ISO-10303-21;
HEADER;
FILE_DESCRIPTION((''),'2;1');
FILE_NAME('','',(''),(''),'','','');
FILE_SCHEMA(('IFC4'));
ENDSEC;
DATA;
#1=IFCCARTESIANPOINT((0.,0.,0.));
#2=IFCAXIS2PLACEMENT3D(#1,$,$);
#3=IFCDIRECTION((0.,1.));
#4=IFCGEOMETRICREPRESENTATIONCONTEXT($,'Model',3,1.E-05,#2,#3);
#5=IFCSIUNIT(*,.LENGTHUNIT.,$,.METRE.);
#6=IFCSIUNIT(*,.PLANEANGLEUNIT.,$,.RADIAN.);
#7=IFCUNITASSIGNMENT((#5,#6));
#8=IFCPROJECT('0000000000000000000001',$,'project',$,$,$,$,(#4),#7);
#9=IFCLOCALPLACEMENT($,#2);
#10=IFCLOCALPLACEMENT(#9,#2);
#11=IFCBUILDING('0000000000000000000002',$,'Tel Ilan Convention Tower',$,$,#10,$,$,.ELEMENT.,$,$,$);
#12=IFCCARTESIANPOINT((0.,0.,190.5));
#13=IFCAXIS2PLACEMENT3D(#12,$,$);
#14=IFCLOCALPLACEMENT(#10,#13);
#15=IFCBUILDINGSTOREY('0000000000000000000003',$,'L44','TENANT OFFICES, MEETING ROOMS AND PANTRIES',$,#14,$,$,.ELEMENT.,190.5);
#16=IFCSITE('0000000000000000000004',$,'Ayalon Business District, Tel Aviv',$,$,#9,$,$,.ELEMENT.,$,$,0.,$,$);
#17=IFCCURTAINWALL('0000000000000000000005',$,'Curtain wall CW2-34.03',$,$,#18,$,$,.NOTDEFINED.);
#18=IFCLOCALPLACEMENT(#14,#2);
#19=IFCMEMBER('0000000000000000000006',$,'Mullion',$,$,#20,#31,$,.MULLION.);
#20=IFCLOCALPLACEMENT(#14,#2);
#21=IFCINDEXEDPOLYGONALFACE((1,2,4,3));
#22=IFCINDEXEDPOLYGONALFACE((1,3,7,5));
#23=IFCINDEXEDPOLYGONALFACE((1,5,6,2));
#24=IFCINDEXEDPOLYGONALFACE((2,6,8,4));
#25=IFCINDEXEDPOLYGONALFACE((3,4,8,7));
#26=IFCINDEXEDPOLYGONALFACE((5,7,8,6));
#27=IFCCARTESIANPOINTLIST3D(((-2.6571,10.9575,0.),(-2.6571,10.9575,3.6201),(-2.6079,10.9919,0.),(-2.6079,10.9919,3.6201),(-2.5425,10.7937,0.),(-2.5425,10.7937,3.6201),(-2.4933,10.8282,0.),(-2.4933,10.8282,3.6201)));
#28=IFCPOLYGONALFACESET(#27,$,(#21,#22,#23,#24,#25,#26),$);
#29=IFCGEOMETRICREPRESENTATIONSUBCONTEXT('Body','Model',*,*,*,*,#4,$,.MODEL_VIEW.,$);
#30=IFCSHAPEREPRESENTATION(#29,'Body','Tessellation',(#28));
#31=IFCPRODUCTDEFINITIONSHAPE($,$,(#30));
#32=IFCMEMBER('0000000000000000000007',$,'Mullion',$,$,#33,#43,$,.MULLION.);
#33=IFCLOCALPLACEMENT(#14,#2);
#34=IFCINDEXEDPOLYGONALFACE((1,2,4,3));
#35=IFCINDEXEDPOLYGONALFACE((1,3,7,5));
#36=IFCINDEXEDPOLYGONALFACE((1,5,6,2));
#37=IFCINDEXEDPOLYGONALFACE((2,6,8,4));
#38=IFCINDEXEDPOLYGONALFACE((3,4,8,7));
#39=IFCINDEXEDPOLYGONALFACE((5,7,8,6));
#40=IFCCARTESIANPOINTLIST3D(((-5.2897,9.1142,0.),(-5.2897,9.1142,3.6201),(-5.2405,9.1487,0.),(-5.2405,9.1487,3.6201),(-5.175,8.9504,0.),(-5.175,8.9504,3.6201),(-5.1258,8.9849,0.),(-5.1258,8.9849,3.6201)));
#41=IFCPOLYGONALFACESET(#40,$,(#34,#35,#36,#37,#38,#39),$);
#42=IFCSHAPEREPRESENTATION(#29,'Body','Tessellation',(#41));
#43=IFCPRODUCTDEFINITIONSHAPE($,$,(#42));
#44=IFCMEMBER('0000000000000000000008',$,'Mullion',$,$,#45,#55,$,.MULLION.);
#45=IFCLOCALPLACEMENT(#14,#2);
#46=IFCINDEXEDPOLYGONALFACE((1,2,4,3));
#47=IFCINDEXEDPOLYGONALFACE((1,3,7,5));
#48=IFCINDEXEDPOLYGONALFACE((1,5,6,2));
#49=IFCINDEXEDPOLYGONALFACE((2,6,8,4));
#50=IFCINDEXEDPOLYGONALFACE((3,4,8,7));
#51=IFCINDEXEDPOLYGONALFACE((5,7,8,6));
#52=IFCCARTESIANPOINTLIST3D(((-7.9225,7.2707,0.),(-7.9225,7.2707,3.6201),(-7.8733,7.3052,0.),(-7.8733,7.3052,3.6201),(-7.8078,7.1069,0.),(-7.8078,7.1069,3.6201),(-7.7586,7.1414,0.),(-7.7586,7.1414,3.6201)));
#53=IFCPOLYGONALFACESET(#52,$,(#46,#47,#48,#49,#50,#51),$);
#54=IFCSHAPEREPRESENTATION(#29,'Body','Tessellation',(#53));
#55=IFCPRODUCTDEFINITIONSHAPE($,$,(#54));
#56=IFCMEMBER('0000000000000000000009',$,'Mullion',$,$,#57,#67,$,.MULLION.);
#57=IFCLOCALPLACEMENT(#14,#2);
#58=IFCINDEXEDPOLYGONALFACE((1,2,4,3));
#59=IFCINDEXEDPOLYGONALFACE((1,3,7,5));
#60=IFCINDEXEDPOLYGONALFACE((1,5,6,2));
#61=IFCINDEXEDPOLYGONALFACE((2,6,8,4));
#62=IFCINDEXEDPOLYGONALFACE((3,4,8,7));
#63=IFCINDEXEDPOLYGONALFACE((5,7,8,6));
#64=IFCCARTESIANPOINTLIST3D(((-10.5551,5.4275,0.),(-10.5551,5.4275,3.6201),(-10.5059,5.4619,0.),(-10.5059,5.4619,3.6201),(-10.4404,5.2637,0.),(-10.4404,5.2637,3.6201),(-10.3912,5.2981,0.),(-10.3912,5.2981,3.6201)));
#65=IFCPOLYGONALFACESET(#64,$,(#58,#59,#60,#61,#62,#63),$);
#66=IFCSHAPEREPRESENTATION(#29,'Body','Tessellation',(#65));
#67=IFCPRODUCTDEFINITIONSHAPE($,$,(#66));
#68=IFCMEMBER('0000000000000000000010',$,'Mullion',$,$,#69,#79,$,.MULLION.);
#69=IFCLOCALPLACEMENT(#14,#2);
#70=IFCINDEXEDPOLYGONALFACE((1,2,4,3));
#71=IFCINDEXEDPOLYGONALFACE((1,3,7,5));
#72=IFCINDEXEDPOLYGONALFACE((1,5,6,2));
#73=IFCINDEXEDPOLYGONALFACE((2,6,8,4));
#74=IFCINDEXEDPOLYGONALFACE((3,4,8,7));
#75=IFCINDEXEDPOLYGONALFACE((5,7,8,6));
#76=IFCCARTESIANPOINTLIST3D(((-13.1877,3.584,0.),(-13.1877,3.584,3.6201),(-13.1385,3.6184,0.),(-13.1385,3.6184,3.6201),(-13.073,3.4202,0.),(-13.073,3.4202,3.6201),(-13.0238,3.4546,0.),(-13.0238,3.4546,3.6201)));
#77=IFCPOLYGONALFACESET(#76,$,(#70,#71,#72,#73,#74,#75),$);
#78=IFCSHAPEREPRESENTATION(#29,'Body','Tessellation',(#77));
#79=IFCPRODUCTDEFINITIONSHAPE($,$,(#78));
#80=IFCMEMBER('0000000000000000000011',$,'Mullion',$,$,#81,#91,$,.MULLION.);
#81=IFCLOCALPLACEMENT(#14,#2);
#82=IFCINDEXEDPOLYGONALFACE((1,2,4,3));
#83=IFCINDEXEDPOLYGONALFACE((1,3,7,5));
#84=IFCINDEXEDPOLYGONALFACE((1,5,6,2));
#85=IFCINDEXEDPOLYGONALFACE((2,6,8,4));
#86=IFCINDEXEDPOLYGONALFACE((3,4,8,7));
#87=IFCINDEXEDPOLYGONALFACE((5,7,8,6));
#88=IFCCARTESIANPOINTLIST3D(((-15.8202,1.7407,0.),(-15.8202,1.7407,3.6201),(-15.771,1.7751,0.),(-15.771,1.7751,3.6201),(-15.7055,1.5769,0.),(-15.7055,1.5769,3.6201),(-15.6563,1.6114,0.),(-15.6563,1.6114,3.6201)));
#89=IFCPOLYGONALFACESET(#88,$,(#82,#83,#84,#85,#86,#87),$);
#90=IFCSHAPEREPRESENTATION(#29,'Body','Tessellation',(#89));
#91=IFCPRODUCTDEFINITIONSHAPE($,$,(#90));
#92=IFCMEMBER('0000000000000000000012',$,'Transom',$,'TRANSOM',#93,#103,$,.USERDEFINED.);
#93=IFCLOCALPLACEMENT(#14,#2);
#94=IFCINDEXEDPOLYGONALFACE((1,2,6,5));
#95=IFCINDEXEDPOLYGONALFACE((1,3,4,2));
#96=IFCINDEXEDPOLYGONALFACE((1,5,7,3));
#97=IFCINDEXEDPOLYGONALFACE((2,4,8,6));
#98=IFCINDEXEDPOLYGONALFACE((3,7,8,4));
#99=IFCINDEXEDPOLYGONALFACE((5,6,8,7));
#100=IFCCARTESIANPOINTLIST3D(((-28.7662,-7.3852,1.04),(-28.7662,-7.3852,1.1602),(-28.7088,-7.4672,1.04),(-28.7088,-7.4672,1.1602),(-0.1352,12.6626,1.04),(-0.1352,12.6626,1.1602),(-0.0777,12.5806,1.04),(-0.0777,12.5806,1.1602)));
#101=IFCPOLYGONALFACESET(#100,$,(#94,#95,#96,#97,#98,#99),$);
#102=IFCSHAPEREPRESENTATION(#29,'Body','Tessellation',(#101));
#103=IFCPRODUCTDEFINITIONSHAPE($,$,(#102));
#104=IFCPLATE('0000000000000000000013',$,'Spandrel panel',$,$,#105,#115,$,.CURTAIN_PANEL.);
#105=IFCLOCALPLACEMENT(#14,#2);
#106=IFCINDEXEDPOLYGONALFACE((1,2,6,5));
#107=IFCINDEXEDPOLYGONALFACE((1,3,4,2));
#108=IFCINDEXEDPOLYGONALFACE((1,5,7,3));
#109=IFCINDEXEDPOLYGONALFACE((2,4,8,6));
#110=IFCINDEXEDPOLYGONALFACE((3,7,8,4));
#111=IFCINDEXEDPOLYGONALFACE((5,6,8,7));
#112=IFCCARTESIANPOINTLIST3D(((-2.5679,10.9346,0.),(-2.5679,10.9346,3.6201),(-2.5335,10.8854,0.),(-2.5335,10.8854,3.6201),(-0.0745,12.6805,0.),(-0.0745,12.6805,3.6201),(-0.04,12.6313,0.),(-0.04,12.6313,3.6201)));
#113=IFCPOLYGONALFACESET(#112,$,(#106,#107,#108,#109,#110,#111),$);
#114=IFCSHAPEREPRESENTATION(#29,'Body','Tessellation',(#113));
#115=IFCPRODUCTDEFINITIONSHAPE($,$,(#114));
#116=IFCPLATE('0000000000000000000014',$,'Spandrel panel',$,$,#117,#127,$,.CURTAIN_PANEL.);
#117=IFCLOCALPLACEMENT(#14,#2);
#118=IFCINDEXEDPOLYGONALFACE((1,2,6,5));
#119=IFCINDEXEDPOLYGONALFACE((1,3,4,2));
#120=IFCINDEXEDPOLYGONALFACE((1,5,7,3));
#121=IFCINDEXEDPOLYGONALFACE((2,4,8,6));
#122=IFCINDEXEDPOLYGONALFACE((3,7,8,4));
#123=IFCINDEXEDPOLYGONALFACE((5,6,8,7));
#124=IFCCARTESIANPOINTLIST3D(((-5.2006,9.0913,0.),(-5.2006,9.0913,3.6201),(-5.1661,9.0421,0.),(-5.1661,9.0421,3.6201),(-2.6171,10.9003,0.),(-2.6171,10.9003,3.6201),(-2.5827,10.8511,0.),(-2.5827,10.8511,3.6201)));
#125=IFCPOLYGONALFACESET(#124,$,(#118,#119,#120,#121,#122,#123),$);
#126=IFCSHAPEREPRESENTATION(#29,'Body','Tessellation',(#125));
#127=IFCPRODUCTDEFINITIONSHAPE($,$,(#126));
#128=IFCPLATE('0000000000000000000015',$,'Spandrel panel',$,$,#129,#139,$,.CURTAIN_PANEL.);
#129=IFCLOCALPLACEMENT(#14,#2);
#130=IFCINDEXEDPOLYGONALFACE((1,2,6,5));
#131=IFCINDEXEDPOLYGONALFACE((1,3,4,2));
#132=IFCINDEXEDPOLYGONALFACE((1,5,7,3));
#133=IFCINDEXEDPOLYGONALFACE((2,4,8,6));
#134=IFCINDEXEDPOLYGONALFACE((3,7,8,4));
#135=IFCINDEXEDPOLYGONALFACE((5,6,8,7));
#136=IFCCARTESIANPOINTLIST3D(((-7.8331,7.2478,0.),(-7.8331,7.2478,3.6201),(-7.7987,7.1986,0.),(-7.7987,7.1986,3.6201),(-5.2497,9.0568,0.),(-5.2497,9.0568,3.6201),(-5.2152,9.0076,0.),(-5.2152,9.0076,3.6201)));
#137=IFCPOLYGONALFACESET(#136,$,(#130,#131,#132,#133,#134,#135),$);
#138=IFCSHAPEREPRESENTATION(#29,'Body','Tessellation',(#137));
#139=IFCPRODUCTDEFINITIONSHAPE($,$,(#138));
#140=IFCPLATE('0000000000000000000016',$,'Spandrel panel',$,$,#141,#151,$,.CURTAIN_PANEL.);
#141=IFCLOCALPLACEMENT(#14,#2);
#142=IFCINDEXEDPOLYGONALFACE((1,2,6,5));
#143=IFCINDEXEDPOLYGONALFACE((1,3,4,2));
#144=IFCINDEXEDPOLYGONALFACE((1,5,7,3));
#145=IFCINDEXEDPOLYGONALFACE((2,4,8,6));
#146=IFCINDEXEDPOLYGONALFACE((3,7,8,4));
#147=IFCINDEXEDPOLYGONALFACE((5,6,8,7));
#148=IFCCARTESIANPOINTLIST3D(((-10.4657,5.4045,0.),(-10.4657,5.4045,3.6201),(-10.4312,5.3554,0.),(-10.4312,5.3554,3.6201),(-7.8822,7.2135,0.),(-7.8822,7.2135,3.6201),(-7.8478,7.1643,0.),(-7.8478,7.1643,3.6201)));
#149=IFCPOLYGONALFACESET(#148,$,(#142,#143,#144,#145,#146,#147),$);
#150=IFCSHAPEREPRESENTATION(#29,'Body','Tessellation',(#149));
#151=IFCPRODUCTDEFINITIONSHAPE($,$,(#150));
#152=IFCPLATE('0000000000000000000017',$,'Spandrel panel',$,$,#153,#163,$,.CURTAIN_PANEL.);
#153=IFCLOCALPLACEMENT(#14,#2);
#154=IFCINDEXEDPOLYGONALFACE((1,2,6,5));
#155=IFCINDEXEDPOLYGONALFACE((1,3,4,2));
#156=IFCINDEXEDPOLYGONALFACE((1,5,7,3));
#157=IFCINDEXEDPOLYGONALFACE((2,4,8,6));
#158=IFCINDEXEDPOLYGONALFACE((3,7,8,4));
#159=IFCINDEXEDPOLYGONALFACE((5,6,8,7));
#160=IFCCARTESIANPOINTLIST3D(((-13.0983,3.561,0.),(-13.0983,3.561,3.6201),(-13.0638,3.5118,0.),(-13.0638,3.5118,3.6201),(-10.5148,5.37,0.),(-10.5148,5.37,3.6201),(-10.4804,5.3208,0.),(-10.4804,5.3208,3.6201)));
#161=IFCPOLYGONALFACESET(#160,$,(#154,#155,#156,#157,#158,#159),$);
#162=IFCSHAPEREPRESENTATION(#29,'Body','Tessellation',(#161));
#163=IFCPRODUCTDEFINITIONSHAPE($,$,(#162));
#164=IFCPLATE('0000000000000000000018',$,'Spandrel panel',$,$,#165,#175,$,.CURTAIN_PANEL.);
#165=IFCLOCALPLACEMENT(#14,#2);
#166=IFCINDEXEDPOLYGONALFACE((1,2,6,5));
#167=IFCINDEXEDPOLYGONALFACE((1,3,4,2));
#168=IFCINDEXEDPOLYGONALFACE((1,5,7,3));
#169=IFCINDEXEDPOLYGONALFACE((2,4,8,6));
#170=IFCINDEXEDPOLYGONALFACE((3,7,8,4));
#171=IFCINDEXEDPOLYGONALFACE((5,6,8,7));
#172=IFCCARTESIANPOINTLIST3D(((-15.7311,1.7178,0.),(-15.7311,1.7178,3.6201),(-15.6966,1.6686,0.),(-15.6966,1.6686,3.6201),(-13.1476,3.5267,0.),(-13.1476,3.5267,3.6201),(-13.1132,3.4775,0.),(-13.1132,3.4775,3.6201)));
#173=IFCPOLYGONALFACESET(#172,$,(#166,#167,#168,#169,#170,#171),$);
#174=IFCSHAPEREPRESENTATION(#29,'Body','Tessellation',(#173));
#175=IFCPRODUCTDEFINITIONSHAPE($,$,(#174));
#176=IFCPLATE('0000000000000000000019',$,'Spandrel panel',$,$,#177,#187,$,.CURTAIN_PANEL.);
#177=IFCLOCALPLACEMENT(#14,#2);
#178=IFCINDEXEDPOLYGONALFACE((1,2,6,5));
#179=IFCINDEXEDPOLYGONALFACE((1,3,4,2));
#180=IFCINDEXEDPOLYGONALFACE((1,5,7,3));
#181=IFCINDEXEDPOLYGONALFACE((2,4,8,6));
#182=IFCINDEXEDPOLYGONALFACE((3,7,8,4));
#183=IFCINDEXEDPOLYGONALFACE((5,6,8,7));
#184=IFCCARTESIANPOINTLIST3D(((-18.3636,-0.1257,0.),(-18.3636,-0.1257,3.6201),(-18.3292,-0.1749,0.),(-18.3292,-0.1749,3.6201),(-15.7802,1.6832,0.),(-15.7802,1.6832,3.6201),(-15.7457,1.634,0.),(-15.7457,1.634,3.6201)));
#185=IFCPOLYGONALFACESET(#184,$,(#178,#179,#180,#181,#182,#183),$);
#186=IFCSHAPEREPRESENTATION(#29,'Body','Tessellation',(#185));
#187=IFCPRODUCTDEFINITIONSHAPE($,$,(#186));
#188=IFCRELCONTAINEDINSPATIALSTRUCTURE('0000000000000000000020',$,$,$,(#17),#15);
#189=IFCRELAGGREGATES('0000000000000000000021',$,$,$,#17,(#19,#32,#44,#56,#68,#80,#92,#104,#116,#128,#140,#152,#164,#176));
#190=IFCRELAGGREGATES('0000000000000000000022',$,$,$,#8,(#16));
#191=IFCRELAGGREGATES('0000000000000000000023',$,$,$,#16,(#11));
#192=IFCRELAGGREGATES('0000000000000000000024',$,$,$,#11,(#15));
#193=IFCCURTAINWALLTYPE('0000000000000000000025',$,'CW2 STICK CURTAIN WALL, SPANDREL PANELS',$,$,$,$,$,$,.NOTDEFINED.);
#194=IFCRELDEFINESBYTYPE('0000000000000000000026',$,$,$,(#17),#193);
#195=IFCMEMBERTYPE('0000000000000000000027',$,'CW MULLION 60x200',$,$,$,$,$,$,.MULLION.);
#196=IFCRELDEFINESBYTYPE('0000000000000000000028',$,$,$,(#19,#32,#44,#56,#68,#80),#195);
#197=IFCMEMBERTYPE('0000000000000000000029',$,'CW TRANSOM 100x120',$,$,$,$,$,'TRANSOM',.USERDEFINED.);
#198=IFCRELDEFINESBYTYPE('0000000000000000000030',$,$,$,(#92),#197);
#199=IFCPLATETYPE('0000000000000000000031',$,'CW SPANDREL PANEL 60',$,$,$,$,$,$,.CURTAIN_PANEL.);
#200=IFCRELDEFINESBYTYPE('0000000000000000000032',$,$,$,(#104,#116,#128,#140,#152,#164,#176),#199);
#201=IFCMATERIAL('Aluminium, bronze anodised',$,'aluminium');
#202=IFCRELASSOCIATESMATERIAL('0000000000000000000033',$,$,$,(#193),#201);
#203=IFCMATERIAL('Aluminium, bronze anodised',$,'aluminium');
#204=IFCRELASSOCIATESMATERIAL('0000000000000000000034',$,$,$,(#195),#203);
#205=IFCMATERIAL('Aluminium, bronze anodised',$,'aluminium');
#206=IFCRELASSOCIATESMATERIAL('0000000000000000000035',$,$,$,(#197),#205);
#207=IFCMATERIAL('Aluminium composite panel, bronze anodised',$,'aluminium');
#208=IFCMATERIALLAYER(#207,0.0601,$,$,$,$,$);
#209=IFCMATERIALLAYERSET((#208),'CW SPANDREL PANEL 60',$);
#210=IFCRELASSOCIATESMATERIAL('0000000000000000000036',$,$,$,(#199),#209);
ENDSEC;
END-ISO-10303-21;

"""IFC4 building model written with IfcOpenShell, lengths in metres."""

from ifc_helpers import new_model, si_unit, direction, frame, origin, origin_2d, place, context, subcontext, project, spatial, rectangle, extrude, material, layer, layer_set, material_profile, profile_set, type_object, element, aggregate, save


model = new_model("IFC4")

# Units and contexts
model_context = context("Model", 3, precision=1e-05, world=origin(), true_north=direction((0.0, 1.0)))
body_context = subcontext(model_context, "Body", "Model", "MODEL_VIEW")
ifc_project = project(units=[si_unit("LENGTHUNIT", "METRE"), si_unit("PLANEANGLEUNIT", "RADIAN")], contexts=[model_context])

# Site, building, storey
site_placement = place(None, origin())
site = spatial("IfcSite", under=ifc_project, at=site_placement, Name="Ayalon Business District, Tel Aviv", CompositionType="ELEMENT", RefElevation=0.0)
building_placement = place(site_placement, origin())
building = spatial("IfcBuilding", under=site, at=building_placement, Name="Tel Ilan Convention Tower", CompositionType="ELEMENT")
storey_placement = place(building_placement, frame((0.0, 0.0, 190.5)))
storey = spatial("IfcBuildingStorey", under=building, at=storey_placement, Name="L44", Description="TENANT OFFICES, MEETING ROOMS AND PANTRIES", CompositionType="ELEMENT", Elevation=190.5)

# Curtain wall, members, plates
ifc_material_1 = material(Name="Aluminium, bronze anodised", Category="aluminium")
curtain_wall_type = type_object("IfcCurtainWallType", Name="CW2 STICK CURTAIN WALL, SPANDREL PANELS", PredefinedType="NOTDEFINED", material=ifc_material_1)
curtain_wall_placement = place(storey_placement, origin())
curtain_wall = element("IfcCurtainWall", 1, at=curtain_wall_placement, inside=storey, type_object=curtain_wall_type, Name="Curtain wall CW2-34.03", PredefinedType="NOTDEFINED")
ifc_material_2 = material(Name="Aluminium, bronze anodised", Category="aluminium")
ifc_material_profile_1 = material_profile(ifc_material_2, rectangle(XDim=0.0601, YDim=0.2, at=origin_2d()), Name="CW MULLION 60x200")
ifc_profile_set_1 = profile_set([ifc_material_profile_1], Name="Aluminium, bronze anodised")
member_type_1 = type_object("IfcMemberType", Name="CW MULLION 60x200", PredefinedType="MULLION", material=ifc_profile_set_1)
member_1_placement = place(storey_placement, frame((-2.5752, 10.8928, 0.0), z_axis=(0.0, 0.0, 1.0), x_axis=(-0.819152, -0.573576, 0.0)))
member_1 = element("IfcMember", 2, at=member_1_placement, type_object=member_type_1, Name="Mullion", PredefinedType="MULLION", context=body_context, shape_type="SweptSolid", body=[
    extrude(rectangle(XDim=0.0601, YDim=0.2, at=origin_2d()), origin(), (0.0, 0.0, 1.0), 3.6201),
])
member_2_placement = place(storey_placement, frame((-5.2078, 9.0496, 0.0), z_axis=(0.0, 0.0, 1.0), x_axis=(-0.819152, -0.573576, 0.0)))
member_2 = element("IfcMember", 3, at=member_2_placement, type_object=member_type_1, Name="Mullion", PredefinedType="MULLION", context=body_context, shape_type="SweptSolid", body=[
    extrude(rectangle(XDim=0.0601, YDim=0.2, at=origin_2d()), origin(), (0.0, 0.0, 1.0), 3.6201),
])
member_3_placement = place(storey_placement, frame((-7.8406, 7.2061, 0.0), z_axis=(0.0, 0.0, 1.0), x_axis=(-0.819152, -0.573576, 0.0)))
member_3 = element("IfcMember", 4, at=member_3_placement, type_object=member_type_1, Name="Mullion", PredefinedType="MULLION", context=body_context, shape_type="SweptSolid", body=[
    extrude(rectangle(XDim=0.0601, YDim=0.2, at=origin_2d()), origin(), (0.0, 0.0, 1.0), 3.6201),
])
member_4_placement = place(storey_placement, frame((-10.4731, 5.3628, 0.0), z_axis=(0.0, 0.0, 1.0), x_axis=(-0.819152, -0.573576, 0.0)))
member_4 = element("IfcMember", 5, at=member_4_placement, type_object=member_type_1, Name="Mullion", PredefinedType="MULLION", context=body_context, shape_type="SweptSolid", body=[
    extrude(rectangle(XDim=0.0601, YDim=0.2, at=origin_2d()), origin(), (0.0, 0.0, 1.0), 3.6201),
])
member_5_placement = place(storey_placement, frame((-13.1057, 3.5193, 0.0), z_axis=(0.0, 0.0, 1.0), x_axis=(-0.819152, -0.573576, 0.0)))
member_5 = element("IfcMember", 6, at=member_5_placement, type_object=member_type_1, Name="Mullion", PredefinedType="MULLION", context=body_context, shape_type="SweptSolid", body=[
    extrude(rectangle(XDim=0.0601, YDim=0.2, at=origin_2d()), origin(), (0.0, 0.0, 1.0), 3.6201),
])
member_6_placement = place(storey_placement, frame((-15.7383, 1.676, 0.0), z_axis=(0.0, 0.0, 1.0), x_axis=(-0.819152, -0.573576, 0.0)))
member_6 = element("IfcMember", 7, at=member_6_placement, type_object=member_type_1, Name="Mullion", PredefinedType="MULLION", context=body_context, shape_type="SweptSolid", body=[
    extrude(rectangle(XDim=0.0601, YDim=0.2, at=origin_2d()), origin(), (0.0, 0.0, 1.0), 3.6201),
])
ifc_material_3 = material(Name="Aluminium, bronze anodised", Category="aluminium")
ifc_material_profile_2 = material_profile(ifc_material_3, rectangle(XDim=0.1001, YDim=0.1201, at=origin_2d()), Name="CW TRANSOM 100x120")
ifc_profile_set_2 = profile_set([ifc_material_profile_2], Name="Aluminium, bronze anodised")
member_type_2 = type_object("IfcMemberType", Name="CW TRANSOM 100x120", ElementType="TRANSOM", PredefinedType="USERDEFINED", material=ifc_profile_set_2)
member_7_placement = place(storey_placement, frame((-0.1064, 12.6216, 1.1001), z_axis=(-0.81915, -0.573579, 0.0), x_axis=(0.573579, -0.81915, 0.0)))
member_7 = element("IfcMember", 8, at=member_7_placement, type_object=member_type_2, Name="Transom", ObjectType="TRANSOM", PredefinedType="USERDEFINED", context=body_context, shape_type="SweptSolid", body=[
    extrude(rectangle(XDim=0.1001, YDim=0.1201, at=origin_2d()), origin(), (0.0, 0.0, 1.0), 34.9521),
])
ifc_material_4 = material(Name="Aluminium composite panel, bronze anodised", Category="aluminium")
ifc_layer_1 = layer(ifc_material_4, 0.0601)
ifc_layer_set_1 = layer_set([ifc_layer_1], Name="CW SPANDREL PANEL 60")
plate_type = type_object("IfcPlateType", Name="CW SPANDREL PANEL 60", PredefinedType="CURTAIN_PANEL", material=ifc_layer_set_1)
plate_1_placement = place(storey_placement, frame((-1.304, 11.783, 0.0), z_axis=(0.0, 0.0, 1.0), x_axis=(-0.819152, -0.573576, 0.0)))
plate_1 = element("IfcPlate", 9, at=plate_1_placement, type_object=plate_type, Name="Spandrel panel", PredefinedType="CURTAIN_PANEL", context=body_context, shape_type="SweptSolid", body=[
    extrude(rectangle(XDim=3.0439, YDim=0.0601, at=origin_2d()), origin(), (0.0, 0.0, 1.0), 3.6201),
])
plate_2_placement = place(storey_placement, frame((-3.8916, 9.9712, 0.0), z_axis=(0.0, 0.0, 1.0), x_axis=(-0.819152, -0.573576, 0.0)))
plate_2 = element("IfcPlate", 10, at=plate_2_placement, type_object=plate_type, Name="Spandrel panel", PredefinedType="CURTAIN_PANEL", context=body_context, shape_type="SweptSolid", body=[
    extrude(rectangle(XDim=3.1538, YDim=0.0601, at=origin_2d()), origin(), (0.0, 0.0, 1.0), 3.6201),
])
plate_3_placement = place(storey_placement, frame((-6.5242, 8.1277, 0.0), z_axis=(0.0, 0.0, 1.0), x_axis=(-0.819152, -0.573576, 0.0)))
plate_3 = element("IfcPlate", 11, at=plate_3_placement, type_object=plate_type, Name="Spandrel panel", PredefinedType="CURTAIN_PANEL", context=body_context, shape_type="SweptSolid", body=[
    extrude(rectangle(XDim=3.1538, YDim=0.0601, at=origin_2d()), origin(), (0.0, 0.0, 1.0), 3.6201),
])
plate_4_placement = place(storey_placement, frame((-9.1567, 6.2844, 0.0), z_axis=(0.0, 0.0, 1.0), x_axis=(-0.819152, -0.573576, 0.0)))
plate_4 = element("IfcPlate", 12, at=plate_4_placement, type_object=plate_type, Name="Spandrel panel", PredefinedType="CURTAIN_PANEL", context=body_context, shape_type="SweptSolid", body=[
    extrude(rectangle(XDim=3.1538, YDim=0.0601, at=origin_2d()), origin(), (0.0, 0.0, 1.0), 3.6201),
])
plate_5_placement = place(storey_placement, frame((-11.7893, 4.4409, 0.0), z_axis=(0.0, 0.0, 1.0), x_axis=(-0.819152, -0.573576, 0.0)))
plate_5 = element("IfcPlate", 13, at=plate_5_placement, type_object=plate_type, Name="Spandrel panel", PredefinedType="CURTAIN_PANEL", context=body_context, shape_type="SweptSolid", body=[
    extrude(rectangle(XDim=3.1538, YDim=0.0601, at=origin_2d()), origin(), (0.0, 0.0, 1.0), 3.6201),
])
plate_6_placement = place(storey_placement, frame((-14.4221, 2.5977, 0.0), z_axis=(0.0, 0.0, 1.0), x_axis=(-0.819152, -0.573576, 0.0)))
plate_6 = element("IfcPlate", 14, at=plate_6_placement, type_object=plate_type, Name="Spandrel panel", PredefinedType="CURTAIN_PANEL", context=body_context, shape_type="SweptSolid", body=[
    extrude(rectangle(XDim=3.1538, YDim=0.0601, at=origin_2d()), origin(), (0.0, 0.0, 1.0), 3.6201),
])
plate_7_placement = place(storey_placement, frame((-17.0547, 0.7542, 0.0), z_axis=(0.0, 0.0, 1.0), x_axis=(-0.819152, -0.573576, 0.0)))
plate_7 = element("IfcPlate", 15, at=plate_7_placement, type_object=plate_type, Name="Spandrel panel", PredefinedType="CURTAIN_PANEL", context=body_context, shape_type="SweptSolid", body=[
    extrude(rectangle(XDim=3.1538, YDim=0.0601, at=origin_2d()), origin(), (0.0, 0.0, 1.0), 3.6201),
])
aggregate(curtain_wall, [member_1, member_2, member_3, member_4, member_5, member_6, member_7, plate_1, plate_2, plate_3, plate_4, plate_5, plate_6, plate_7])

save(model, "model.ifc")
